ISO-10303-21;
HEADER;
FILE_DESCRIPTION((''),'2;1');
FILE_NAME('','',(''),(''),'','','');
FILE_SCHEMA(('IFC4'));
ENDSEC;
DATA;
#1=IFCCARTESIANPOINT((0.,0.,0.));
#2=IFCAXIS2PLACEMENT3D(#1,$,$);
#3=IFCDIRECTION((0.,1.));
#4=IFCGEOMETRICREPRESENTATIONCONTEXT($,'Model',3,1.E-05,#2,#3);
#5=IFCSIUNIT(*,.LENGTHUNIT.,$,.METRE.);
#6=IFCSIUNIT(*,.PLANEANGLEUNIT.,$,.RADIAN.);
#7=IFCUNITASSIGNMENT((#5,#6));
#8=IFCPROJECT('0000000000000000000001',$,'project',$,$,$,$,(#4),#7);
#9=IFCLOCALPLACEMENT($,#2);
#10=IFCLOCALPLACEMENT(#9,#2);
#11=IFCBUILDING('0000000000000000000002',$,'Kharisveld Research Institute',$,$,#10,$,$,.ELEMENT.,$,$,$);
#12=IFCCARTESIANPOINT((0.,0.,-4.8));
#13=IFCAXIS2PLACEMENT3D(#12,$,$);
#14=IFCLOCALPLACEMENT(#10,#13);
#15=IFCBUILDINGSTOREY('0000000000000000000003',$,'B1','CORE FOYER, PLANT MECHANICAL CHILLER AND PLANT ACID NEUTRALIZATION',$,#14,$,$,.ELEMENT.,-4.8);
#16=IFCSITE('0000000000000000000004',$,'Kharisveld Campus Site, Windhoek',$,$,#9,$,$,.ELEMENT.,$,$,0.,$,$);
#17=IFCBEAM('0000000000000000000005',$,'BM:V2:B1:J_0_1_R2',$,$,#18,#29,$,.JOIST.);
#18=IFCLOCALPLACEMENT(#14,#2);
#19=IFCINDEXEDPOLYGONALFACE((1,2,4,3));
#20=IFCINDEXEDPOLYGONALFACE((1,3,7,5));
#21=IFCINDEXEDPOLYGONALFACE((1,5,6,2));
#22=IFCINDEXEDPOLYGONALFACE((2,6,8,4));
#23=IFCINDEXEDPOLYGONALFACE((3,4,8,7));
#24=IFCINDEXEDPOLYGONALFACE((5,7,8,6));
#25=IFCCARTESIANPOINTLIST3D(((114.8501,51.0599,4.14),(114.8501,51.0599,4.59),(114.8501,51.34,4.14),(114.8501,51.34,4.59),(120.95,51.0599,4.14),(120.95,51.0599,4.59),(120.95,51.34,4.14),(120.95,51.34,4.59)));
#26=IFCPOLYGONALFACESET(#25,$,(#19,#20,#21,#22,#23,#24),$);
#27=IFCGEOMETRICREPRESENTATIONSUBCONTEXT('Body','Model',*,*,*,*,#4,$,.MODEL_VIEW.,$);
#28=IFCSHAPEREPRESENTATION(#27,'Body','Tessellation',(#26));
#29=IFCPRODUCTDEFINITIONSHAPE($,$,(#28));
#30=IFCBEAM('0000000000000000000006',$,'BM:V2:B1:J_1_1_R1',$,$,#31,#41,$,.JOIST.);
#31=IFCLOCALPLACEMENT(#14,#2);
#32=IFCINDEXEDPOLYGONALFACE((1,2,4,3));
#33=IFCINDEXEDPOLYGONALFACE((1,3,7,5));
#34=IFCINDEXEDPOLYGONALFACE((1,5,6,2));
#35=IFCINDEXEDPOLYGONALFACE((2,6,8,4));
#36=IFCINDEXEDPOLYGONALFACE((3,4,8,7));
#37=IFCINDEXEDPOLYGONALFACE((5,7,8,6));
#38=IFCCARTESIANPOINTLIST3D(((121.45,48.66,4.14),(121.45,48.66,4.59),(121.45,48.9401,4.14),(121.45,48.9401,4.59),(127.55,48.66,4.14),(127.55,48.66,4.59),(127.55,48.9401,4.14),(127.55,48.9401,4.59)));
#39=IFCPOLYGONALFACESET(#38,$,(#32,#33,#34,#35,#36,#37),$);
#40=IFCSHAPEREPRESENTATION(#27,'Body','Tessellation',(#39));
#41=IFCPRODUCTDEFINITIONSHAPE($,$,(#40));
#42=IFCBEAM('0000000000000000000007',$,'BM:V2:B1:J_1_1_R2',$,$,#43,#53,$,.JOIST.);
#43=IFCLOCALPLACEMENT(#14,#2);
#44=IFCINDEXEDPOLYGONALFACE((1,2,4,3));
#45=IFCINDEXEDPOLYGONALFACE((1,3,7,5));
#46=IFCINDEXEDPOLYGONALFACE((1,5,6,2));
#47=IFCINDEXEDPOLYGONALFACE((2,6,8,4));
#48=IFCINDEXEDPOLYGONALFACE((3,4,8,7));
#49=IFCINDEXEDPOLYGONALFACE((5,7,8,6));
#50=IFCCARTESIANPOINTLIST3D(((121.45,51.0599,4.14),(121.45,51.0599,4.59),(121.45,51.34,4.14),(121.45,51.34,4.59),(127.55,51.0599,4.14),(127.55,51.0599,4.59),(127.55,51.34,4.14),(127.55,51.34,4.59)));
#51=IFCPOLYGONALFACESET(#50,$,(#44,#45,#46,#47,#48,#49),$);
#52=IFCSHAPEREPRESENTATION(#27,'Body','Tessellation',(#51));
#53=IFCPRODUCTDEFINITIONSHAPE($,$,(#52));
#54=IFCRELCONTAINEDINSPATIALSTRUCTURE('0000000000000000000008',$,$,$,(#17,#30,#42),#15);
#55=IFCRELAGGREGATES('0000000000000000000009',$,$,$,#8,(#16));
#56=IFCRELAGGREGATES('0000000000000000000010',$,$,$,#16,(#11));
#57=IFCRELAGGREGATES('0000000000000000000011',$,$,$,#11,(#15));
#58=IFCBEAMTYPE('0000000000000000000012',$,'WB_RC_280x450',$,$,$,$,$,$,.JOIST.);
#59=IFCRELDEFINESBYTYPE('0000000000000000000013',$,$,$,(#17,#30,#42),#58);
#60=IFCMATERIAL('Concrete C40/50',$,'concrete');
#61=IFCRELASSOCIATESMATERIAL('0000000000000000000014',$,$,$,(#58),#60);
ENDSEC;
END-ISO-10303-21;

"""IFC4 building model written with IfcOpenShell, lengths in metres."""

from ifc_helpers import new_model, si_unit, direction, frame, origin, origin_2d, place, context, subcontext, project, spatial, rectangle, extrude, material, material_profile, profile_set, type_object, element, save


model = new_model("IFC4")

# Units and contexts
model_context = context("Model", 3, precision=1e-05, world=origin(), true_north=direction((0.0, 1.0)))
body_context = subcontext(model_context, "Body", "Model", "MODEL_VIEW")
ifc_project = project(units=[si_unit("LENGTHUNIT", "METRE"), si_unit("PLANEANGLEUNIT", "RADIAN")], contexts=[model_context])

# Site, building, storey
site_placement = place(None, origin())
site = spatial("IfcSite", under=ifc_project, at=site_placement, Name="Kharisveld Campus Site, Windhoek", CompositionType="ELEMENT", RefElevation=0.0)
building_placement = place(site_placement, origin())
building = spatial("IfcBuilding", under=site, at=building_placement, Name="Kharisveld Research Institute", CompositionType="ELEMENT")
storey_placement = place(building_placement, frame((0.0, 0.0, -4.8)))
storey = spatial("IfcBuildingStorey", under=building, at=storey_placement, Name="B1", Description="CORE FOYER, PLANT MECHANICAL CHILLER AND PLANT ACID NEUTRALIZATION", CompositionType="ELEMENT", Elevation=-4.8)

# Beams
ifc_material_1 = material(Name="Concrete C40/50", Category="concrete")
ifc_material_profile_1 = material_profile(ifc_material_1, rectangle(XDim=0.28, YDim=0.45, at=origin_2d()))
ifc_profile_set_1 = profile_set([ifc_material_profile_1], Name="Concrete C40/50")
beam_type_1 = type_object("IfcBeamType", Name="WB_RC_280x450", PredefinedType="JOIST", material=ifc_profile_set_1)
for number, where, z_axis, x_axis, name in (
    (1, (114.8501, 51.2, 4.365), (1.0, 0.0, 0.0), (0.0, 1.0, 0.0), "BM:V2:B1:J_0_1_R2"),
):
    element("IfcBeam", number, at=place(storey_placement, frame(where, z_axis=z_axis, x_axis=x_axis)), inside=storey, type_object=beam_type_1, Name=name, PredefinedType="JOIST", context=body_context, shape_type="SweptSolid", body=[
        extrude(rectangle(XDim=0.28, YDim=0.45, at=origin_2d()), origin(), (0.0, 0.0, 1.0), 6.0999),
    ])
for number, where, z_axis, x_axis, name in (
    (2, (121.45, 48.8, 4.365), (1.0, 0.0, 0.0), (0.0, 1.0, 0.0), "BM:V2:B1:J_1_1_R1"),
    (3, (121.45, 51.2, 4.365), (1.0, 0.0, 0.0), (0.0, 1.0, 0.0), "BM:V2:B1:J_1_1_R2"),
):
    element("IfcBeam", number, at=place(storey_placement, frame(where, z_axis=z_axis, x_axis=x_axis)), inside=storey, type_object=beam_type_1, Name=name, PredefinedType="JOIST", context=body_context, shape_type="SweptSolid", body=[
        extrude(rectangle(XDim=0.28, YDim=0.45, at=origin_2d()), origin(), (0.0, 0.0, 1.0), 6.1001),
    ])

save(model, "model.ifc")
